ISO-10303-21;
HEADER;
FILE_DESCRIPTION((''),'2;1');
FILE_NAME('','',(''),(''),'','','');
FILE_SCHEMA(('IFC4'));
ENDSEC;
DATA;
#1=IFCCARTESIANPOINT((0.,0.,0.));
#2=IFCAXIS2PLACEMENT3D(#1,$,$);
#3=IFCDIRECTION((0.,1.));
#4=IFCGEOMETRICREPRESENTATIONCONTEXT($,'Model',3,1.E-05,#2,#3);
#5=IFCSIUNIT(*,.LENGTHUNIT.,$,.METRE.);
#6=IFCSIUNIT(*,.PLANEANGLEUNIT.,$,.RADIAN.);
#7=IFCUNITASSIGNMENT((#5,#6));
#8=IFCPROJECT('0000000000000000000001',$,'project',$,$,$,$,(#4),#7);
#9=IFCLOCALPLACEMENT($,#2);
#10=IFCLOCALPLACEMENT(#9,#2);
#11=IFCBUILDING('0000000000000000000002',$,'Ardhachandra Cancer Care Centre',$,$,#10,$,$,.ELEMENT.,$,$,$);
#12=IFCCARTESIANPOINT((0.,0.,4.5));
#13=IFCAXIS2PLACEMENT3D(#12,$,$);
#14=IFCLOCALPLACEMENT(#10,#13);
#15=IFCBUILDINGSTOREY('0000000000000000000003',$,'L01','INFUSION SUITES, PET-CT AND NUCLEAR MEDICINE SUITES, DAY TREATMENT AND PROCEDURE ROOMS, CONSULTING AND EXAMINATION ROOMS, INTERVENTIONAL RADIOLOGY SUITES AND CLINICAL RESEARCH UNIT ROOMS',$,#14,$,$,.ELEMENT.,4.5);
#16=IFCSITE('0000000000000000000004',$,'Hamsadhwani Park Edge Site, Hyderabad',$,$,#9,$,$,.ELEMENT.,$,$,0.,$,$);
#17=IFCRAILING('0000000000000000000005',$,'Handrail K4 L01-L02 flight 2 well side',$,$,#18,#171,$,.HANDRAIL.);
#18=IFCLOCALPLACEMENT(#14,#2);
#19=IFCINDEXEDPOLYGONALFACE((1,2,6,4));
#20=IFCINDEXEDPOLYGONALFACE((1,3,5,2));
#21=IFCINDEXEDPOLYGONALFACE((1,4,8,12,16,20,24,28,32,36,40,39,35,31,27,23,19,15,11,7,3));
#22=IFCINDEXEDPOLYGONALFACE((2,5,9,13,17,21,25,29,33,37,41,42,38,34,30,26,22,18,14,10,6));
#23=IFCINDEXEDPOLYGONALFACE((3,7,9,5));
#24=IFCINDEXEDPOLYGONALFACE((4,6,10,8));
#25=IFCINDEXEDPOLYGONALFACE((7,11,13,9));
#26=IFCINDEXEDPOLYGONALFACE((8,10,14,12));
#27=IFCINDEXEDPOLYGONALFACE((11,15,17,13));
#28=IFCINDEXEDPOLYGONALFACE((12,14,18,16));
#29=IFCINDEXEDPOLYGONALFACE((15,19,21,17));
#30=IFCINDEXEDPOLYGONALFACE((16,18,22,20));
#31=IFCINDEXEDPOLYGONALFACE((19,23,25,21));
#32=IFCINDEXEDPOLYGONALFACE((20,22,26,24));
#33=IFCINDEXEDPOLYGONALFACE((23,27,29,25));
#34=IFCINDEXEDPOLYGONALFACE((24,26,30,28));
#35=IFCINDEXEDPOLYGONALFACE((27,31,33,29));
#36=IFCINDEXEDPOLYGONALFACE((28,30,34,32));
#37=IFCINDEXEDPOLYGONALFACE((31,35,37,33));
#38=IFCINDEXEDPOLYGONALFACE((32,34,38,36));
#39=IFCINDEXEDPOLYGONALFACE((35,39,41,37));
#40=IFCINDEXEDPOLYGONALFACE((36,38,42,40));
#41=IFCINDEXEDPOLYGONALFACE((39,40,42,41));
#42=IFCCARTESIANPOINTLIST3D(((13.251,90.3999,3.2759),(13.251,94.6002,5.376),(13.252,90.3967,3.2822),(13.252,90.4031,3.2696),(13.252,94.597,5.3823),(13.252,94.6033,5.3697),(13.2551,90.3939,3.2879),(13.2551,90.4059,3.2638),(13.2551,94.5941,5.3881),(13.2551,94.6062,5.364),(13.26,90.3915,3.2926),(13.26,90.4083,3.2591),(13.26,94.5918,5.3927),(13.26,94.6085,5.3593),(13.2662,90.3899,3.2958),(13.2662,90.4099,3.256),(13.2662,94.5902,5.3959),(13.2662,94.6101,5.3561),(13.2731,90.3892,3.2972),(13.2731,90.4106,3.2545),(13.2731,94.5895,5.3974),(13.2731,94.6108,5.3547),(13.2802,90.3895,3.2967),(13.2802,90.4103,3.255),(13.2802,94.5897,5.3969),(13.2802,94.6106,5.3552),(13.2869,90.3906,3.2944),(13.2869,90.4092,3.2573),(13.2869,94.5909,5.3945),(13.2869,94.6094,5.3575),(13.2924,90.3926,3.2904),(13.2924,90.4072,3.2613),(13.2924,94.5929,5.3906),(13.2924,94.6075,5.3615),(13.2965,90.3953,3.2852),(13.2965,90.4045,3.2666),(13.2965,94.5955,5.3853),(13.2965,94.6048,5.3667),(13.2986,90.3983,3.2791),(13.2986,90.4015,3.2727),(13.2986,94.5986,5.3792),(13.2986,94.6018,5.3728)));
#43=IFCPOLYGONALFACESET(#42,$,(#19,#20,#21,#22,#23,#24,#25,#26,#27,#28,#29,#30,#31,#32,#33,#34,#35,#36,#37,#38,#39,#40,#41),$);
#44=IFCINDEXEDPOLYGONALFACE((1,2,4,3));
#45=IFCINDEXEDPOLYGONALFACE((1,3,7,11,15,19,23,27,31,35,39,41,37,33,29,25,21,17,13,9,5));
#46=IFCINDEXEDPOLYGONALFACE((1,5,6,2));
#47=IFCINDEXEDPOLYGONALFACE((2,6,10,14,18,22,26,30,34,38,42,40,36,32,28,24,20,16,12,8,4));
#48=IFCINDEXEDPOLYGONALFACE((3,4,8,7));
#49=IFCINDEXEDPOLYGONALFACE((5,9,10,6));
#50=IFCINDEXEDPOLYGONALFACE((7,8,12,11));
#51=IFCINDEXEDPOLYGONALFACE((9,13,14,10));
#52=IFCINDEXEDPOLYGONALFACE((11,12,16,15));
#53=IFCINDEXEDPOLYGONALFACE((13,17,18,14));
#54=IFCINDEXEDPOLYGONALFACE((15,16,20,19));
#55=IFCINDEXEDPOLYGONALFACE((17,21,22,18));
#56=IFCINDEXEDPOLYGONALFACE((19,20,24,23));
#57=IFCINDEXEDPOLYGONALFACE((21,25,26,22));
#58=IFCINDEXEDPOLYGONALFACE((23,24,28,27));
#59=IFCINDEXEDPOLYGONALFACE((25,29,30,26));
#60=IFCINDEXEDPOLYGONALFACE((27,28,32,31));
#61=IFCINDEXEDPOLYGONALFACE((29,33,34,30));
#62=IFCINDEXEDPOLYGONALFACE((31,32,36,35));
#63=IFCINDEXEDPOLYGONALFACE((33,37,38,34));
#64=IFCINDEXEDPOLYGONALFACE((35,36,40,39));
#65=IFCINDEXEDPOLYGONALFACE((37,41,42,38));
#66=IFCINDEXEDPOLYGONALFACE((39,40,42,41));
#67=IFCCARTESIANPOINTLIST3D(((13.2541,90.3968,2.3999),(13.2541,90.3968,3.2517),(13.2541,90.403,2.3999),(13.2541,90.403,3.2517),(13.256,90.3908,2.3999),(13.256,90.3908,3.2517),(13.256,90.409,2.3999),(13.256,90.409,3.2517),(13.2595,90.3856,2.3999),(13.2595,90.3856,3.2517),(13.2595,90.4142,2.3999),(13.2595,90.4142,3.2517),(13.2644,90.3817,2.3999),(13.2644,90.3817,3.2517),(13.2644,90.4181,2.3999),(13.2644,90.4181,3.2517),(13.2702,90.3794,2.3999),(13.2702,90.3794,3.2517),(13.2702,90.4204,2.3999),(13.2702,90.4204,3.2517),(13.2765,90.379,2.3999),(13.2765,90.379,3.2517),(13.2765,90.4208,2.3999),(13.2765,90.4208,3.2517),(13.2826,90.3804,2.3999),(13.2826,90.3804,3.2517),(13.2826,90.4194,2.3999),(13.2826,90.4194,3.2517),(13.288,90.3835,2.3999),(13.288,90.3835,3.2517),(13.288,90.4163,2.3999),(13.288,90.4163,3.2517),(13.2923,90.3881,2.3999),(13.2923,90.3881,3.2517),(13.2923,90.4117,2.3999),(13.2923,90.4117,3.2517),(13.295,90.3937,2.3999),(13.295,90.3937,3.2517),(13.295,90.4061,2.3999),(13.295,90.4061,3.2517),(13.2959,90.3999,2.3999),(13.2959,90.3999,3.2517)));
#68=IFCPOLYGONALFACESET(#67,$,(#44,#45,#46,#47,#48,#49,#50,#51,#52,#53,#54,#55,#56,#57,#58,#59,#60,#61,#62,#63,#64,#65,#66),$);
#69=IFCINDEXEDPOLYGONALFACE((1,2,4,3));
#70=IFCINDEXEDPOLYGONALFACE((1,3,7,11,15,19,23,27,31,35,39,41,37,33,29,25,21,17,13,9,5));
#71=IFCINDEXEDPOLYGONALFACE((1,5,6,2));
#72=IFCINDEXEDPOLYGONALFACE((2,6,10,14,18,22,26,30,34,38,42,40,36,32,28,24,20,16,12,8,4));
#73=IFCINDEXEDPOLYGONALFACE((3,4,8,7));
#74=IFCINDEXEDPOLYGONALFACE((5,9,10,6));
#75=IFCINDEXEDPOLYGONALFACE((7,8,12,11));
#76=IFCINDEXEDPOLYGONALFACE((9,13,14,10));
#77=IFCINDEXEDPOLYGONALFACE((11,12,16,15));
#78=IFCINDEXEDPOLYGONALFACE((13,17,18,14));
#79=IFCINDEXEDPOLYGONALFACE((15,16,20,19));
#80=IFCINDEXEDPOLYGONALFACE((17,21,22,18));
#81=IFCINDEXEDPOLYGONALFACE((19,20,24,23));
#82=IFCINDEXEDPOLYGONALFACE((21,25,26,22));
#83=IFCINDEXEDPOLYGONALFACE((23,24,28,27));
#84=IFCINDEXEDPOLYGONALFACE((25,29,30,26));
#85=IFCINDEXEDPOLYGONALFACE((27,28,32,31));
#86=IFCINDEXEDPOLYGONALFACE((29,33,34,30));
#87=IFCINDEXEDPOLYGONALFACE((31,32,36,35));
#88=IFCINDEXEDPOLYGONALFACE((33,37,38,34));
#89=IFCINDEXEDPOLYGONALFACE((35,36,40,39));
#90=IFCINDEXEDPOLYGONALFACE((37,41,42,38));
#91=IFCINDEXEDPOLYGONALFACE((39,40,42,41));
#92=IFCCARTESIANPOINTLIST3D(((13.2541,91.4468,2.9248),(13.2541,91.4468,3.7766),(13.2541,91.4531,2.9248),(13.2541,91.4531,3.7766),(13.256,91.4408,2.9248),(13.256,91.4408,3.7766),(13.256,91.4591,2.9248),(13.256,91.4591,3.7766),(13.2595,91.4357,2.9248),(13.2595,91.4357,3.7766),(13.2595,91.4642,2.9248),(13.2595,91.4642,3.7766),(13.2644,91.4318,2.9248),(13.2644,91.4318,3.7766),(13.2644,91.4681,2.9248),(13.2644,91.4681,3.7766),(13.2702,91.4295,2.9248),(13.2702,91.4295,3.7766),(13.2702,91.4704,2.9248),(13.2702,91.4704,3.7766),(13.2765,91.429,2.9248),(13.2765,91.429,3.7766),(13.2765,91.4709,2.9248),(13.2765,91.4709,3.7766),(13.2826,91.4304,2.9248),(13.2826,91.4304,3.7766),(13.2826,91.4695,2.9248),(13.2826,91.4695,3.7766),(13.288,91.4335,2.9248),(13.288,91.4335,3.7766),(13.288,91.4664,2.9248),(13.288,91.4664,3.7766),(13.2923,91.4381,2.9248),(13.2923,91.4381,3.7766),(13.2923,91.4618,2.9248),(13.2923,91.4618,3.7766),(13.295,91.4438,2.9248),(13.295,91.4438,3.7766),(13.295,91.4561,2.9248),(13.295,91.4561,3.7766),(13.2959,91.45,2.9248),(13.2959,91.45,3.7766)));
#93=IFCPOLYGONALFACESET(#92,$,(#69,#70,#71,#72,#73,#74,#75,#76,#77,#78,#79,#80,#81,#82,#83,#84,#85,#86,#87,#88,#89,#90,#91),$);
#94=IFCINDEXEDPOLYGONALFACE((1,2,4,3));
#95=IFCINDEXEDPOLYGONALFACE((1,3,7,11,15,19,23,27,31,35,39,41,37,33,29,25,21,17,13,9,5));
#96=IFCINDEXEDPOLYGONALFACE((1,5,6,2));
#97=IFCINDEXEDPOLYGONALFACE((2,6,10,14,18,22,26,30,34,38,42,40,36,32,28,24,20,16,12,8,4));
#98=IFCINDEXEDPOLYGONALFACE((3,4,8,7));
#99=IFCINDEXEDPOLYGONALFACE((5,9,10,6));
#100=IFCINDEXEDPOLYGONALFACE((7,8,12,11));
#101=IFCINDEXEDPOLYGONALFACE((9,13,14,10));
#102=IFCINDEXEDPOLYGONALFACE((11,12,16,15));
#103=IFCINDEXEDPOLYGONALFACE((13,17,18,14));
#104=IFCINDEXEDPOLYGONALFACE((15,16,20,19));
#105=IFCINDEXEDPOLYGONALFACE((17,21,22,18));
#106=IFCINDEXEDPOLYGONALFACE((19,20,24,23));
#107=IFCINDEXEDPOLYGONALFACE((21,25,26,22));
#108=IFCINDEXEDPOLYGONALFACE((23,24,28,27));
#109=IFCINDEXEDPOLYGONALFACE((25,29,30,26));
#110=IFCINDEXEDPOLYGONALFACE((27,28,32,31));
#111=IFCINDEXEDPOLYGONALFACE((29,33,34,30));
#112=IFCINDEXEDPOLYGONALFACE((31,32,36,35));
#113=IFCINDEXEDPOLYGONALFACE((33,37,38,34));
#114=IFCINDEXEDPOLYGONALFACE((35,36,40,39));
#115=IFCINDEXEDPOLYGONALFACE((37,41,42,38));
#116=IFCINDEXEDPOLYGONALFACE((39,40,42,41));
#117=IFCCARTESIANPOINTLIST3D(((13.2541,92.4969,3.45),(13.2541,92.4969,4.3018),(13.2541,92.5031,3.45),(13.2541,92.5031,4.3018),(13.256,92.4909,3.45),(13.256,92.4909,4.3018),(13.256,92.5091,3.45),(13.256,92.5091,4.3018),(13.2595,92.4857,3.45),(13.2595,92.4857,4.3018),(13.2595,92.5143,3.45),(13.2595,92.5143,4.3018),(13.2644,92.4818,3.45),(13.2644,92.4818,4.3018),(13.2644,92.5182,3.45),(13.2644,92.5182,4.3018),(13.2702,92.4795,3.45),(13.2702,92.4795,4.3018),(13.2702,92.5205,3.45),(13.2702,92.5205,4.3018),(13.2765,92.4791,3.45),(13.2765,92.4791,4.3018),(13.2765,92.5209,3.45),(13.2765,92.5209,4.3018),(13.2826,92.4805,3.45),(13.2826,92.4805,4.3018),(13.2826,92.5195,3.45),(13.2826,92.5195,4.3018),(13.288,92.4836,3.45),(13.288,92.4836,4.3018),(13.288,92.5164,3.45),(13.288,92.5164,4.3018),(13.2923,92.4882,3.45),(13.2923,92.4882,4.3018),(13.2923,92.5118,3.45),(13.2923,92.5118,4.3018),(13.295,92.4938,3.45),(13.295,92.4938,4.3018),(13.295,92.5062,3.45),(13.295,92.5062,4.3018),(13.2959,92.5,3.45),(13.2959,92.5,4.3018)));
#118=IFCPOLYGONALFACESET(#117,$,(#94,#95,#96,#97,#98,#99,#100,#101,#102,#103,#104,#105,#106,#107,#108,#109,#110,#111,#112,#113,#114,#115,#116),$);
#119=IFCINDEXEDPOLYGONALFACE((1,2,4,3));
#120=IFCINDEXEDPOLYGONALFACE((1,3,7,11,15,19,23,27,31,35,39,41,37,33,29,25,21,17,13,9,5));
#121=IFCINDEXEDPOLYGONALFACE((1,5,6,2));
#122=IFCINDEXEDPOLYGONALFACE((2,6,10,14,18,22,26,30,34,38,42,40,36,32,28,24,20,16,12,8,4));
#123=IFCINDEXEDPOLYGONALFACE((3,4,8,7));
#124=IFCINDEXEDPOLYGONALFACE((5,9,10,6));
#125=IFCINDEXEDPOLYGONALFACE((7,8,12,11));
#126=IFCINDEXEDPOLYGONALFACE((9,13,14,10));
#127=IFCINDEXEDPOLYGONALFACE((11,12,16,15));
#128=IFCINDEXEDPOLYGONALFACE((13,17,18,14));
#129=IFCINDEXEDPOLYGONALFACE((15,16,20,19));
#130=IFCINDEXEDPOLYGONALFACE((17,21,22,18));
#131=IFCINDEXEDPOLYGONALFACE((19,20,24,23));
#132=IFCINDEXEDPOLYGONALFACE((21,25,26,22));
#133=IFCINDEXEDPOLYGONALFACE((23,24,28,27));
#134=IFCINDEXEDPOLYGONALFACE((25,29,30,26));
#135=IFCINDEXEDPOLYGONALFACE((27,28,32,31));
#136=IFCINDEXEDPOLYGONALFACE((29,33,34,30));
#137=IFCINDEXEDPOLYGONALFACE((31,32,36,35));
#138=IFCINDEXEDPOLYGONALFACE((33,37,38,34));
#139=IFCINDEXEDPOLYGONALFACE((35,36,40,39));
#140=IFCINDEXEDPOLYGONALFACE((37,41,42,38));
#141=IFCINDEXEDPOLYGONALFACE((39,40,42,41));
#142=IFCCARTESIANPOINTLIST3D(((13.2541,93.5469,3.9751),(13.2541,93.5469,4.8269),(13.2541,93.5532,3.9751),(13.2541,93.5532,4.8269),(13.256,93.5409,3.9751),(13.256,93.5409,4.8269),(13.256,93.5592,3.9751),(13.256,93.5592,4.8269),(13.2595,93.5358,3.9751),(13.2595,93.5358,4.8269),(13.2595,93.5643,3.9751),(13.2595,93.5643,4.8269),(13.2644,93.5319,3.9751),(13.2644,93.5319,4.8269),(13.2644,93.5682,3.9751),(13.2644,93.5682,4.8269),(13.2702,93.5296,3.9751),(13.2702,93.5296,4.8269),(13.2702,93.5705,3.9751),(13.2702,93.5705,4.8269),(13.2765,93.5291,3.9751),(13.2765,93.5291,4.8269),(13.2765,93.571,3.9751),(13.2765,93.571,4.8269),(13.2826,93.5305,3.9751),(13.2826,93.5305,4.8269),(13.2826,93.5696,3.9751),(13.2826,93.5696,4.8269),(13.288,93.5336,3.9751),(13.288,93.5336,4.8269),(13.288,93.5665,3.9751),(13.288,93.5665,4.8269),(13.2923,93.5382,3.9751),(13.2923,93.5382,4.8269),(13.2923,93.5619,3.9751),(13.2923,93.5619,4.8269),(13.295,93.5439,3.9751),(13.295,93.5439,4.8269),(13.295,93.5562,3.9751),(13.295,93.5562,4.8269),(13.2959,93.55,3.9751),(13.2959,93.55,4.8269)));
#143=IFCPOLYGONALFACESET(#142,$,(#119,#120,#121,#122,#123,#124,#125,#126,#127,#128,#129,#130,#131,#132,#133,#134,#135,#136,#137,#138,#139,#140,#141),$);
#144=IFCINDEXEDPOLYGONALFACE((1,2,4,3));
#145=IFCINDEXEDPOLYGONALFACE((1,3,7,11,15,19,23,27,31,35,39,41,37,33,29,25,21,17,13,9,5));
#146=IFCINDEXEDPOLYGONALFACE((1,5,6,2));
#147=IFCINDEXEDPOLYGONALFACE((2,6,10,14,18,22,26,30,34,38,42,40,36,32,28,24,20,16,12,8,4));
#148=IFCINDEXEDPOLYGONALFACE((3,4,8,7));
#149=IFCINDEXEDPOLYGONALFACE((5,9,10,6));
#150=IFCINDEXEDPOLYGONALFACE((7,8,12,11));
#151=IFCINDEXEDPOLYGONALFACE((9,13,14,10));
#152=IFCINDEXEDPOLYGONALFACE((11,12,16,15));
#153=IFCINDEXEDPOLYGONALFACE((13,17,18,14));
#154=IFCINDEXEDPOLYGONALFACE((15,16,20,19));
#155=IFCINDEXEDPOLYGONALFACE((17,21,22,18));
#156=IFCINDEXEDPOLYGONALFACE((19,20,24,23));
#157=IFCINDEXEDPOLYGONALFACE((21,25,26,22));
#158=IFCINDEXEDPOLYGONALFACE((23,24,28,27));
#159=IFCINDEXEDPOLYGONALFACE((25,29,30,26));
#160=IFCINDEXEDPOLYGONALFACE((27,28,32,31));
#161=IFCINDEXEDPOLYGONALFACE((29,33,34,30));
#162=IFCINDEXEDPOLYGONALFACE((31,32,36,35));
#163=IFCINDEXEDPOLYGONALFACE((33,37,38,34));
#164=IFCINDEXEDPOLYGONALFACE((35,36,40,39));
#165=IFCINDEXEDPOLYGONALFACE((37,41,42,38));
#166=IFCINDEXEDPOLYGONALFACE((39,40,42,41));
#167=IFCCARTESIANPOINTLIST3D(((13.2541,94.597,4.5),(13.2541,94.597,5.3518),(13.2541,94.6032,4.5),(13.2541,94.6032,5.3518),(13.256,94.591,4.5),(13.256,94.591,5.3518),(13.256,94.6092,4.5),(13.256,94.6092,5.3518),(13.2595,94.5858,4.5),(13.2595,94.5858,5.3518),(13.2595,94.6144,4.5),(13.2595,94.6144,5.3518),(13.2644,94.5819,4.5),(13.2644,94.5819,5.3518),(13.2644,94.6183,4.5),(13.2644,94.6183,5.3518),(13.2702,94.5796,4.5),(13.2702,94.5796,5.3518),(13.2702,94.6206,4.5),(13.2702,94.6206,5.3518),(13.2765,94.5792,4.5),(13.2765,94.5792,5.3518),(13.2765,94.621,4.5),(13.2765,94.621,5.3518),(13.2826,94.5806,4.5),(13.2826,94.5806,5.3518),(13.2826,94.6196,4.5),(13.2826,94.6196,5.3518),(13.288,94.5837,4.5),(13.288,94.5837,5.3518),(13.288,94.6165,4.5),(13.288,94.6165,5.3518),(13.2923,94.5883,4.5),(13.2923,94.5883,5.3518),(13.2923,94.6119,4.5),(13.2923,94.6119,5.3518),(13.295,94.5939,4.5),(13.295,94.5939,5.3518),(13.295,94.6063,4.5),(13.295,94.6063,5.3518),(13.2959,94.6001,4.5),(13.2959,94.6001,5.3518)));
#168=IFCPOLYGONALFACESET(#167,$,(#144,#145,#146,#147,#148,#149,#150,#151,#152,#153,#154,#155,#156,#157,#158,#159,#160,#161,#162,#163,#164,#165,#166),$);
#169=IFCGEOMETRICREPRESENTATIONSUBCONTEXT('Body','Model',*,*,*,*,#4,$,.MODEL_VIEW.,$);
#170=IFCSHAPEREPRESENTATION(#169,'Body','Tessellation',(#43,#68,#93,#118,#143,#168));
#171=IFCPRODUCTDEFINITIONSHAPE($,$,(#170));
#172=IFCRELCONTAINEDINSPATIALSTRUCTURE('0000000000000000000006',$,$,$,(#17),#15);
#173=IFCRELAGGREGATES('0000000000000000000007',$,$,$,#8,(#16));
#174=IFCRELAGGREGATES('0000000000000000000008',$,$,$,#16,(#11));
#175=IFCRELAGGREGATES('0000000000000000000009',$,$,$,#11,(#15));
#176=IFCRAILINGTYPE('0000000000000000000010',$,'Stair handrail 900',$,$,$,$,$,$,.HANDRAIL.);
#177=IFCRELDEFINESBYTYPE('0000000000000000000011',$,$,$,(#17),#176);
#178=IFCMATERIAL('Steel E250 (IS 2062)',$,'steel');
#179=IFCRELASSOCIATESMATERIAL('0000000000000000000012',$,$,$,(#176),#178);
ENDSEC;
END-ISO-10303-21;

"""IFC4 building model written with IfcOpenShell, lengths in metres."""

from ifc_helpers import new_model, si_unit, direction, frame, origin, origin_2d, place, context, subcontext, project, spatial, circle, extrude, material, type_object, element, save


model = new_model("IFC4")

# Units and contexts
model_context = context("Model", 3, precision=1e-05, world=origin(), true_north=direction((0.0, 1.0)))
body_context = subcontext(model_context, "Body", "Model", "MODEL_VIEW")
ifc_project = project(units=[si_unit("LENGTHUNIT", "METRE"), si_unit("PLANEANGLEUNIT", "RADIAN")], contexts=[model_context])

# Site, building, storey
site_placement = place(None, origin())
site = spatial("IfcSite", under=ifc_project, at=site_placement, Name="Hamsadhwani Park Edge Site, Hyderabad", CompositionType="ELEMENT", RefElevation=0.0)
building_placement = place(site_placement, origin())
building = spatial("IfcBuilding", under=site, at=building_placement, Name="Ardhachandra Cancer Care Centre", CompositionType="ELEMENT")
storey_placement = place(building_placement, frame((0.0, 0.0, 4.5)))
storey = spatial("IfcBuildingStorey", under=building, at=storey_placement, Name="L01", Description="INFUSION SUITES, PET-CT AND NUCLEAR MEDICINE SUITES, DAY TREATMENT AND PROCEDURE ROOMS, CONSULTING AND EXAMINATION ROOMS, INTERVENTIONAL RADIOLOGY SUITES AND CLINICAL RESEARCH UNIT ROOMS", CompositionType="ELEMENT", Elevation=4.5)

# Railing
ifc_material_1 = material(Name="Steel E250 (IS 2062)", Category="steel")
railing_type = type_object("IfcRailingType", Name="Stair handrail 900", PredefinedType="HANDRAIL", material=ifc_material_1)
for number, where, name in (
    (1, (13.2749, 90.3999, 2.3999), "Handrail K4 L01-L02 flight 2 well side"),
):
    element("IfcRailing", number, at=place(storey_placement, frame(where)), inside=storey, type_object=railing_type, Name=name, PredefinedType="HANDRAIL", context=body_context, shape_type="SweptSolid", body=[
        extrude(circle(Radius=0.0239, at=origin_2d()), frame((0.0, 0.0, 0.876), z_axis=(0.0, 0.894427, 0.447214), x_axis=(-1.0, 0.0, 0.0)), (0.0, 0.0, 1.0), 4.696),
        extrude(circle(Radius=0.021, at=origin_2d()), origin(), (0.0, 0.0, 1.0), 0.8518),
        extrude(circle(Radius=0.021, at=origin_2d()), frame((0.0, 1.05, 0.5249)), (0.0, 0.0, 1.0), 0.8518),
        extrude(circle(Radius=0.021, at=origin_2d()), frame((0.0, 2.1001, 1.05)), (0.0, 0.0, 1.0), 0.8518),
        extrude(circle(Radius=0.021, at=origin_2d()), frame((0.0, 3.1501, 1.5752)), (0.0, 0.0, 1.0), 0.8518),
        extrude(circle(Radius=0.021, at=origin_2d()), frame((0.0, 4.2002, 2.1001)), (0.0, 0.0, 1.0), 0.8518),
    ])

save(model, "model.ifc")
